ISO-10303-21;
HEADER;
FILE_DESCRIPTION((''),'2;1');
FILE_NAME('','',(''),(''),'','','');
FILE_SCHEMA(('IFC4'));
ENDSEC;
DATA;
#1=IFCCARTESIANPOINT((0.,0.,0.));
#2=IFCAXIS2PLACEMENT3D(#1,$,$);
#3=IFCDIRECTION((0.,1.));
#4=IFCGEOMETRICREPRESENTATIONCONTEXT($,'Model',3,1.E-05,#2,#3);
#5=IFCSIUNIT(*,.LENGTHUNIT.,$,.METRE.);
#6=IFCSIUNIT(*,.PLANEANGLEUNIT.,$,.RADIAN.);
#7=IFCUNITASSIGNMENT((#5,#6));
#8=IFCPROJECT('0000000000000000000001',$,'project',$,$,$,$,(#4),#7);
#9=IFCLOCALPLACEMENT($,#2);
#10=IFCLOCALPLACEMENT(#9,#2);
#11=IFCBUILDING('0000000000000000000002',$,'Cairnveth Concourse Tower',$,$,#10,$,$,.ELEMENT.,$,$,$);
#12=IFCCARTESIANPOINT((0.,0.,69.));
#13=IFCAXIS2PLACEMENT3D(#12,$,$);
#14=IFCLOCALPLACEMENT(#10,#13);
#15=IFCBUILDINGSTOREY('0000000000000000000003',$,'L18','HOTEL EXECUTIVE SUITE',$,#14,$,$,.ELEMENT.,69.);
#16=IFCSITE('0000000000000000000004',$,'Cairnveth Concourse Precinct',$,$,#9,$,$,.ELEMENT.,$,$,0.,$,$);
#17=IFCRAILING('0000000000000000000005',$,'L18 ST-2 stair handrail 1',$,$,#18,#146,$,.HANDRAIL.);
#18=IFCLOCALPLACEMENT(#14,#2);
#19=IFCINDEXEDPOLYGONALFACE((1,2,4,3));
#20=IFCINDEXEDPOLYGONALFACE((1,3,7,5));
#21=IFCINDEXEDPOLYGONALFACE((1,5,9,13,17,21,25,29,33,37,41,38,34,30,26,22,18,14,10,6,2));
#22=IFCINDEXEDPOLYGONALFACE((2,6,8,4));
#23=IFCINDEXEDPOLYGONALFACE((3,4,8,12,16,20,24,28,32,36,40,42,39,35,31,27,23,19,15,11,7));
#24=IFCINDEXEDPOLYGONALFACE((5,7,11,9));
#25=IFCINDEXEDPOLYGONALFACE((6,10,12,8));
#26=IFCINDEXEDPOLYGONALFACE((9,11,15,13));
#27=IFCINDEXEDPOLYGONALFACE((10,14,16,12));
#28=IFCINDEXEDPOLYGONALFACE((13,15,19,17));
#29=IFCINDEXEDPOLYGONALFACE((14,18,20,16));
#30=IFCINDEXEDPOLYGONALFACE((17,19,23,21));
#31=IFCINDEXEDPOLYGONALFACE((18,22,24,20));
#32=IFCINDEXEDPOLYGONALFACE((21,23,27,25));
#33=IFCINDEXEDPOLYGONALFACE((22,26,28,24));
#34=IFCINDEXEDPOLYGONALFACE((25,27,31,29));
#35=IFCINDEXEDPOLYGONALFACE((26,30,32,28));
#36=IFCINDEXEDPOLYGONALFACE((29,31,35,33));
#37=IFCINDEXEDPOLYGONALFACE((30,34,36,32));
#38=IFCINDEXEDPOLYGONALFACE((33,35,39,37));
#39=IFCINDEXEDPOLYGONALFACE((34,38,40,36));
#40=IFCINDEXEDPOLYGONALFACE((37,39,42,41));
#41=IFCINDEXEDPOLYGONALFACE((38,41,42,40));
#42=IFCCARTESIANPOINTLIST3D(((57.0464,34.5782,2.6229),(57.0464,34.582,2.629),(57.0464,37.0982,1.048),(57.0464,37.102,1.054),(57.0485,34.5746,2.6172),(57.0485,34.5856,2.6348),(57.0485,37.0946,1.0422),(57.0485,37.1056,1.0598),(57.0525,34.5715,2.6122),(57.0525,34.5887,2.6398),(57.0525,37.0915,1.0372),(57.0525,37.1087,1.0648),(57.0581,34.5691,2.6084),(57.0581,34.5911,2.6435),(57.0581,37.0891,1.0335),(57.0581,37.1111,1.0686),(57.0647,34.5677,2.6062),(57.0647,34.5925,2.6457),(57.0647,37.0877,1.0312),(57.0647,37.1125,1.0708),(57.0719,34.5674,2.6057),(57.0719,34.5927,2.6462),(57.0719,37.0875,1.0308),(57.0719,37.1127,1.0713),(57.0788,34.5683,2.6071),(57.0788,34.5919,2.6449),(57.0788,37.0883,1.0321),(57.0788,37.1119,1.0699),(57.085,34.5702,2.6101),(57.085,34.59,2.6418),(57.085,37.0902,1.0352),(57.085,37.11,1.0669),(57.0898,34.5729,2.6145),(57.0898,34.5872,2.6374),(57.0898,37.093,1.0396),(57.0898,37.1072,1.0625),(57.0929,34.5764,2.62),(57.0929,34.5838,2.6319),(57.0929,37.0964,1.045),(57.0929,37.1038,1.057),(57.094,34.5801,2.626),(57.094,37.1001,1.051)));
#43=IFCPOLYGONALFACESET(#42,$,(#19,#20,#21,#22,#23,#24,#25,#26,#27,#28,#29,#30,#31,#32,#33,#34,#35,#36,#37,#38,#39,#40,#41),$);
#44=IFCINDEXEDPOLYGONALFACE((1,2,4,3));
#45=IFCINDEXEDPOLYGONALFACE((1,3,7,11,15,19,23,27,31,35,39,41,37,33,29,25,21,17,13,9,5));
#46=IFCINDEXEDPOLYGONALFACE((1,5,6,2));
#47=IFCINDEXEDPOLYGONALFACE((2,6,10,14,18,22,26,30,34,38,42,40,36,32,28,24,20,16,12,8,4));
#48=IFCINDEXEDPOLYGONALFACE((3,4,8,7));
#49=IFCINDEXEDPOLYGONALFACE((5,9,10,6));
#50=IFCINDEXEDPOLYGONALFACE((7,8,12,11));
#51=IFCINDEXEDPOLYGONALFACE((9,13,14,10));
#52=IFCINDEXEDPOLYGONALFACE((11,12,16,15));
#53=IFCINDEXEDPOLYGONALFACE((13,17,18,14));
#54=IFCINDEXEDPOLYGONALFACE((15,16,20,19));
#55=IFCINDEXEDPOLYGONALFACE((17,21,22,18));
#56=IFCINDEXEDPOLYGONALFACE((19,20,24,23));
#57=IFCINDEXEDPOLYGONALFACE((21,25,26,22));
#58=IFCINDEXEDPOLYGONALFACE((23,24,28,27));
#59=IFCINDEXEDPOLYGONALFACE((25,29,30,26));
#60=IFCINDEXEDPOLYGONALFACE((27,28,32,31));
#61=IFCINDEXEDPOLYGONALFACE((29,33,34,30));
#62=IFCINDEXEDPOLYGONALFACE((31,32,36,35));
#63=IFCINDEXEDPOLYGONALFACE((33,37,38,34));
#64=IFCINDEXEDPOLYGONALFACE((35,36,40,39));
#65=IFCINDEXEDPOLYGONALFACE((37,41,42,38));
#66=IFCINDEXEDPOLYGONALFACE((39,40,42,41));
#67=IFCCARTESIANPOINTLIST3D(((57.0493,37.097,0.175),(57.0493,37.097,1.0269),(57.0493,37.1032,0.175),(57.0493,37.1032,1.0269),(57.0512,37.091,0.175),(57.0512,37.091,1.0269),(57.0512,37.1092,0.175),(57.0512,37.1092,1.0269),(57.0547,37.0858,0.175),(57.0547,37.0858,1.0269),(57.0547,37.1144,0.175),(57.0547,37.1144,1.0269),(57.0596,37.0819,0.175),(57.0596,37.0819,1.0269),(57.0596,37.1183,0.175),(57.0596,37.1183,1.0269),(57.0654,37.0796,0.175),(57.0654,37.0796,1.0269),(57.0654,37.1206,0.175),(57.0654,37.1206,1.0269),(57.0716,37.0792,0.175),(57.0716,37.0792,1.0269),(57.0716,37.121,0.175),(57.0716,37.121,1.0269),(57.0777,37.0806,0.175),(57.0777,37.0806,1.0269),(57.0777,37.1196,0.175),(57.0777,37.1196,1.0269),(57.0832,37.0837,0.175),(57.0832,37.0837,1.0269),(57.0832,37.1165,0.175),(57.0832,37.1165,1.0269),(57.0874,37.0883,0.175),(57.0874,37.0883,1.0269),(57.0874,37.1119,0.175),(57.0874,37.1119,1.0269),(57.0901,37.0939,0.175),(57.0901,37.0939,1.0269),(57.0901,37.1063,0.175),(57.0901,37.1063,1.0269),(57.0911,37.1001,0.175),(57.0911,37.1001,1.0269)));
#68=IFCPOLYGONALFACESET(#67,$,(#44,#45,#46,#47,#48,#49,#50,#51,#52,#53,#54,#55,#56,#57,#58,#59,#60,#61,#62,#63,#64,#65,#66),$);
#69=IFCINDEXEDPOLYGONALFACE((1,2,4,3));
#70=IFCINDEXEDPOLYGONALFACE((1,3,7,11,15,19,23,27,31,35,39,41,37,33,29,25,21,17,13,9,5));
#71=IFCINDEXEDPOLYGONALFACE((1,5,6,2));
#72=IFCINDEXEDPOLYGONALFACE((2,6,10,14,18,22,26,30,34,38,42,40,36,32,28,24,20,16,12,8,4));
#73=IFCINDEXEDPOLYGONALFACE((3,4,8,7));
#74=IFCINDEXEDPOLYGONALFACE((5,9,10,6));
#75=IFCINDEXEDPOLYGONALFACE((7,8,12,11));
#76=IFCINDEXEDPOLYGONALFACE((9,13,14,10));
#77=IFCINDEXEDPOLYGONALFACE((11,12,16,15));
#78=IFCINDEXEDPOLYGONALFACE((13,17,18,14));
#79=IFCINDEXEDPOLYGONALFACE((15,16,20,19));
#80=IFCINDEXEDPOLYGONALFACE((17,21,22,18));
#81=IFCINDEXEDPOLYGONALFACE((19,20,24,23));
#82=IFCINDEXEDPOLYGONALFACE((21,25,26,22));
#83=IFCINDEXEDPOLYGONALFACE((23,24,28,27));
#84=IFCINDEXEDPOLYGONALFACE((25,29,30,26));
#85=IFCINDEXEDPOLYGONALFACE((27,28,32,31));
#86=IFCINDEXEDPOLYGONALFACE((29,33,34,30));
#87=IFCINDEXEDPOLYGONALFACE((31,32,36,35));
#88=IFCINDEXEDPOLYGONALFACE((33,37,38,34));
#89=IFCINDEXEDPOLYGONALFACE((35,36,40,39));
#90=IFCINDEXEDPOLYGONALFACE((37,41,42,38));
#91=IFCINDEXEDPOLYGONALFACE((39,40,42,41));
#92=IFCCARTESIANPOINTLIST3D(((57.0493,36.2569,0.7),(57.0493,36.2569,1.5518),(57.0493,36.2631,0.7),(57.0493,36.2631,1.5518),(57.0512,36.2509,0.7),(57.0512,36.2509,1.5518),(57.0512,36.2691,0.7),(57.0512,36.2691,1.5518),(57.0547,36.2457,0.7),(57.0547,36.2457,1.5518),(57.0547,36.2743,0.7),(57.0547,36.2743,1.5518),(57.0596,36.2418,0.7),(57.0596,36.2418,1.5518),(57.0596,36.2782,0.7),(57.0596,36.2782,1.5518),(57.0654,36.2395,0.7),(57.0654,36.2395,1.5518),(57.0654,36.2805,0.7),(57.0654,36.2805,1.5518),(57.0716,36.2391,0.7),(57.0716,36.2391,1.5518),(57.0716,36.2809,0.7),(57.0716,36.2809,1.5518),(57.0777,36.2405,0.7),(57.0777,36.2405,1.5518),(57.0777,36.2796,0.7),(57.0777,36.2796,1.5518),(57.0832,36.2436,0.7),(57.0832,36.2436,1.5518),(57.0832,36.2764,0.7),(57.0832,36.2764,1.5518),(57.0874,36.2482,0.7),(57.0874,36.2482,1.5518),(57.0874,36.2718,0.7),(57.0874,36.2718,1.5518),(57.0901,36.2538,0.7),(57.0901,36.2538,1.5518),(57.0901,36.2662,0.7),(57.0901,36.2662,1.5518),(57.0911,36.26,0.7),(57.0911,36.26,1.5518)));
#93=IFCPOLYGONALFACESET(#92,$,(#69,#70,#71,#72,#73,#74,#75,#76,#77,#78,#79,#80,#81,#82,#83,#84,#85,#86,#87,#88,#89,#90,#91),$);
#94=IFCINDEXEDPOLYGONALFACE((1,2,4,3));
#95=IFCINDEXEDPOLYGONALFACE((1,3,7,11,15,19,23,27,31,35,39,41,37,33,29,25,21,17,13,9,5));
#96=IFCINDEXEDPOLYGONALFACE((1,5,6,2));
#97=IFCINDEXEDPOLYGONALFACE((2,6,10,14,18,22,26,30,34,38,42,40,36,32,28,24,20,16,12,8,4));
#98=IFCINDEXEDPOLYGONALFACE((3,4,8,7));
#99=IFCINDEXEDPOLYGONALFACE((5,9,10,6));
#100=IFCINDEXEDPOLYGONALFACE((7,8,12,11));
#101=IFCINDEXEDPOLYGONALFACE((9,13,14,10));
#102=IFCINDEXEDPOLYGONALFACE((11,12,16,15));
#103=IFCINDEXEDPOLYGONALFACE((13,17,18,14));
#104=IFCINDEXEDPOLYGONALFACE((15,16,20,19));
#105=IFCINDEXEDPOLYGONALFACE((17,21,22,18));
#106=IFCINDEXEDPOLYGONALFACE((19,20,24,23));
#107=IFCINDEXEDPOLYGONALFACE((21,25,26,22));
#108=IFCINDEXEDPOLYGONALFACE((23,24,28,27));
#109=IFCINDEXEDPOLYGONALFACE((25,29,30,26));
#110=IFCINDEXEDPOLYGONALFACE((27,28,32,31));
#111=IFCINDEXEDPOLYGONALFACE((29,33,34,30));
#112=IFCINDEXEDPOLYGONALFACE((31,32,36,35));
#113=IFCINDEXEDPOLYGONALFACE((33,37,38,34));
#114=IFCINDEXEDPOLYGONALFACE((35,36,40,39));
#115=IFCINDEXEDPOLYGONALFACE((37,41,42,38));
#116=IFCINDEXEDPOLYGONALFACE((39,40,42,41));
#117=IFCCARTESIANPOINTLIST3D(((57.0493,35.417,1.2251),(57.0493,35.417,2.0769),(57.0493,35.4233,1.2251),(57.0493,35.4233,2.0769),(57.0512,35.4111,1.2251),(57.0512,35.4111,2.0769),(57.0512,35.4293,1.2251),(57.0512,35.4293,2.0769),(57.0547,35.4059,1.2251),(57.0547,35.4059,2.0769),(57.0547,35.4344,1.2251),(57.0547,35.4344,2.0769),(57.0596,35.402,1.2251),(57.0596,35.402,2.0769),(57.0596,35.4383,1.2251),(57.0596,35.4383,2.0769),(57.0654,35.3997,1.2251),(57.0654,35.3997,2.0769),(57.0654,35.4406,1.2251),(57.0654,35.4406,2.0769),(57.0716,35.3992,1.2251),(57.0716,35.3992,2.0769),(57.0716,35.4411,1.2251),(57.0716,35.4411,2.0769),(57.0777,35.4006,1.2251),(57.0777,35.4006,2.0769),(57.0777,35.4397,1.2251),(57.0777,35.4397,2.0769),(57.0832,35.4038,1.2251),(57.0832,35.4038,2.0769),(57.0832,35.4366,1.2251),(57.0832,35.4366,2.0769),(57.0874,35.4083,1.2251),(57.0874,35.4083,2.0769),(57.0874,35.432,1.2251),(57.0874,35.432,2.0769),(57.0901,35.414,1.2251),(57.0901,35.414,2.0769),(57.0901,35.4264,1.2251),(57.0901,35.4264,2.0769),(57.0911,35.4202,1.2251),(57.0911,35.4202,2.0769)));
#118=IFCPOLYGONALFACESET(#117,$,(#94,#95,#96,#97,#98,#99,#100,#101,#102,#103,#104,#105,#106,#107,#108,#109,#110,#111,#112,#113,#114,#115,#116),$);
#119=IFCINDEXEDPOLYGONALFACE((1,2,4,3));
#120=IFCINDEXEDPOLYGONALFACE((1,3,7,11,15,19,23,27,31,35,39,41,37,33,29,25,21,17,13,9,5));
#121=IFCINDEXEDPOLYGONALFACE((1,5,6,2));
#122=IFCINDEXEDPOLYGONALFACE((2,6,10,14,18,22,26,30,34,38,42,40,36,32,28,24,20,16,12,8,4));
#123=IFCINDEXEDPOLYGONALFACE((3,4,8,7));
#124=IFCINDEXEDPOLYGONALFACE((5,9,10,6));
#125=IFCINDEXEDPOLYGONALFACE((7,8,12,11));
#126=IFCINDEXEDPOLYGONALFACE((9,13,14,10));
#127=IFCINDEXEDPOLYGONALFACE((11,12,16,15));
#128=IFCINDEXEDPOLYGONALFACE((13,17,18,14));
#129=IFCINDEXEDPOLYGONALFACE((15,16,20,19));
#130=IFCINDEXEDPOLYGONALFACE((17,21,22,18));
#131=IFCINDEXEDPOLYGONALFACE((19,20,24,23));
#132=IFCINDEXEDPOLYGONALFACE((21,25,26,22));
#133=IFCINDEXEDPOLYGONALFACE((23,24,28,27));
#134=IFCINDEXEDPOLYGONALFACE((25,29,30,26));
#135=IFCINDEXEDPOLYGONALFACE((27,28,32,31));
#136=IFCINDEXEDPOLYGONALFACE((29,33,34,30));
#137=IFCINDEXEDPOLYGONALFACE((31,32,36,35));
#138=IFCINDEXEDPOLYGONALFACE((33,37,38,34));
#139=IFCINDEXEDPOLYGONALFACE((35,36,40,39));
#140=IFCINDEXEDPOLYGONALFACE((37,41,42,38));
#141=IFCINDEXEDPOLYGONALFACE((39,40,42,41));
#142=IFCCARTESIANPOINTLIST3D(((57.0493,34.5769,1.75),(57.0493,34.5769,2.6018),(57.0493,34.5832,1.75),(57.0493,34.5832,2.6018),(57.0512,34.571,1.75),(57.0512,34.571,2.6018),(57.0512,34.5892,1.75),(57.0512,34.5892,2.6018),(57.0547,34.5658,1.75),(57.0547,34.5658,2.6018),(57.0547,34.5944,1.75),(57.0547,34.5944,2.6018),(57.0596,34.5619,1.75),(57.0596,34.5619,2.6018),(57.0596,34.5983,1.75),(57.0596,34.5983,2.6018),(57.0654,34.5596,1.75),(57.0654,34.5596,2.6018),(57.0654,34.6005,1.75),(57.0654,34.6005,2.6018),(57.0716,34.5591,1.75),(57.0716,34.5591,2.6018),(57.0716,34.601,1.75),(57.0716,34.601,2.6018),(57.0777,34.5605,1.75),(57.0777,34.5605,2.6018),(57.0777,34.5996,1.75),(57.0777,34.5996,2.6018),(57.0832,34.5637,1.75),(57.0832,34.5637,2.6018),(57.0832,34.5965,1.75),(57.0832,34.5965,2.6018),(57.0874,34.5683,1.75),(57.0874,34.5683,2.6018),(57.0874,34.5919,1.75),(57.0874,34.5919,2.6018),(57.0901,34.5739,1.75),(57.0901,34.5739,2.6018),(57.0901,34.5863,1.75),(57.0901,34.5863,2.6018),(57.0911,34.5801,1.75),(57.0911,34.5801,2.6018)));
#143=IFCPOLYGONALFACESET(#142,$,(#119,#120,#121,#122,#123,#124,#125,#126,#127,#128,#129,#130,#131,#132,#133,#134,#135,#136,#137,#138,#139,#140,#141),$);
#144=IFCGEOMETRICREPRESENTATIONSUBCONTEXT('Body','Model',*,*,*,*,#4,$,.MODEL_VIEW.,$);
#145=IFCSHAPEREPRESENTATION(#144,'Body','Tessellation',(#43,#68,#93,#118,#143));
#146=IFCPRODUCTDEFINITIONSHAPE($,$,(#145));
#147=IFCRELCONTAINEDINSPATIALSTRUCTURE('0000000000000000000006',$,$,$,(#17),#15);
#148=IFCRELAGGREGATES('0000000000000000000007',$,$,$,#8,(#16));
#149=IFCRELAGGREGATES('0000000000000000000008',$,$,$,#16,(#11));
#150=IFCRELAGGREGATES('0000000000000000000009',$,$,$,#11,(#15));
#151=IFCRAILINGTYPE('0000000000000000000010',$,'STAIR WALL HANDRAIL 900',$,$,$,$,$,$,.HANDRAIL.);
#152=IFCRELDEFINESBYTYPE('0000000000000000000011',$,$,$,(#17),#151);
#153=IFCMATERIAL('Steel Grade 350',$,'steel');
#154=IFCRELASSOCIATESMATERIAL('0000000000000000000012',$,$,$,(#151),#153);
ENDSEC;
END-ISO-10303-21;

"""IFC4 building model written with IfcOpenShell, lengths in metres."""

from ifc_helpers import new_model, si_unit, direction, frame, origin, origin_2d, place, context, subcontext, project, spatial, circle, extrude, material, type_object, element, save


model = new_model("IFC4")

# Units and contexts
model_context = context("Model", 3, precision=1e-05, world=origin(), true_north=direction((0.0, 1.0)))
body_context = subcontext(model_context, "Body", "Model", "MODEL_VIEW")
ifc_project = project(units=[si_unit("LENGTHUNIT", "METRE"), si_unit("PLANEANGLEUNIT", "RADIAN")], contexts=[model_context])

# Site, building, storey
site_placement = place(None, origin())
site = spatial("IfcSite", under=ifc_project, at=site_placement, Name="Cairnveth Concourse Precinct", CompositionType="ELEMENT", RefElevation=0.0)
building_placement = place(site_placement, origin())
building = spatial("IfcBuilding", under=site, at=building_placement, Name="Cairnveth Concourse Tower", CompositionType="ELEMENT")
storey_placement = place(building_placement, frame((0.0, 0.0, 69.0)))
storey = spatial("IfcBuildingStorey", under=building, at=storey_placement, Name="L18", Description="HOTEL EXECUTIVE SUITE", CompositionType="ELEMENT", Elevation=69.0)

# Shared definitions
ifc_material_1 = material(Name="Steel Grade 350", Category="steel")

# Railing
railing_type_1 = type_object("IfcRailingType", Name="STAIR WALL HANDRAIL 900", PredefinedType="HANDRAIL", material=ifc_material_1)
railing_1_placement = place(storey_placement, frame((57.0701, 37.1001, 0.175)))
element("IfcRailing", 1, at=railing_1_placement, inside=storey, type_object=railing_type_1, Name="L18 ST-2 stair handrail 1", PredefinedType="HANDRAIL", context=body_context, shape_type="SweptSolid", body=[
    extrude(circle(Radius=0.0239, at=origin_2d()), frame((0.0, 0.0, 0.876), z_axis=(0.0, -0.848008, 0.529984), x_axis=(1.0, 0.0, 0.0)), (0.0, 0.0, 1.0), 2.9717),
    extrude(circle(Radius=0.021, at=origin_2d()), origin(), (0.0, 0.0, 1.0), 0.8518),
    extrude(circle(Radius=0.021, at=origin_2d()), frame((0.0, -0.8401, 0.5249)), (0.0, 0.0, 1.0), 0.8518),
    extrude(circle(Radius=0.021, at=origin_2d()), frame((0.0, -1.6799, 1.05)), (0.0, 0.0, 1.0), 0.8518),
    extrude(circle(Radius=0.021, at=origin_2d()), frame((0.0, -2.52, 1.575)), (0.0, 0.0, 1.0), 0.8518),
])

save(model, "model.ifc")
